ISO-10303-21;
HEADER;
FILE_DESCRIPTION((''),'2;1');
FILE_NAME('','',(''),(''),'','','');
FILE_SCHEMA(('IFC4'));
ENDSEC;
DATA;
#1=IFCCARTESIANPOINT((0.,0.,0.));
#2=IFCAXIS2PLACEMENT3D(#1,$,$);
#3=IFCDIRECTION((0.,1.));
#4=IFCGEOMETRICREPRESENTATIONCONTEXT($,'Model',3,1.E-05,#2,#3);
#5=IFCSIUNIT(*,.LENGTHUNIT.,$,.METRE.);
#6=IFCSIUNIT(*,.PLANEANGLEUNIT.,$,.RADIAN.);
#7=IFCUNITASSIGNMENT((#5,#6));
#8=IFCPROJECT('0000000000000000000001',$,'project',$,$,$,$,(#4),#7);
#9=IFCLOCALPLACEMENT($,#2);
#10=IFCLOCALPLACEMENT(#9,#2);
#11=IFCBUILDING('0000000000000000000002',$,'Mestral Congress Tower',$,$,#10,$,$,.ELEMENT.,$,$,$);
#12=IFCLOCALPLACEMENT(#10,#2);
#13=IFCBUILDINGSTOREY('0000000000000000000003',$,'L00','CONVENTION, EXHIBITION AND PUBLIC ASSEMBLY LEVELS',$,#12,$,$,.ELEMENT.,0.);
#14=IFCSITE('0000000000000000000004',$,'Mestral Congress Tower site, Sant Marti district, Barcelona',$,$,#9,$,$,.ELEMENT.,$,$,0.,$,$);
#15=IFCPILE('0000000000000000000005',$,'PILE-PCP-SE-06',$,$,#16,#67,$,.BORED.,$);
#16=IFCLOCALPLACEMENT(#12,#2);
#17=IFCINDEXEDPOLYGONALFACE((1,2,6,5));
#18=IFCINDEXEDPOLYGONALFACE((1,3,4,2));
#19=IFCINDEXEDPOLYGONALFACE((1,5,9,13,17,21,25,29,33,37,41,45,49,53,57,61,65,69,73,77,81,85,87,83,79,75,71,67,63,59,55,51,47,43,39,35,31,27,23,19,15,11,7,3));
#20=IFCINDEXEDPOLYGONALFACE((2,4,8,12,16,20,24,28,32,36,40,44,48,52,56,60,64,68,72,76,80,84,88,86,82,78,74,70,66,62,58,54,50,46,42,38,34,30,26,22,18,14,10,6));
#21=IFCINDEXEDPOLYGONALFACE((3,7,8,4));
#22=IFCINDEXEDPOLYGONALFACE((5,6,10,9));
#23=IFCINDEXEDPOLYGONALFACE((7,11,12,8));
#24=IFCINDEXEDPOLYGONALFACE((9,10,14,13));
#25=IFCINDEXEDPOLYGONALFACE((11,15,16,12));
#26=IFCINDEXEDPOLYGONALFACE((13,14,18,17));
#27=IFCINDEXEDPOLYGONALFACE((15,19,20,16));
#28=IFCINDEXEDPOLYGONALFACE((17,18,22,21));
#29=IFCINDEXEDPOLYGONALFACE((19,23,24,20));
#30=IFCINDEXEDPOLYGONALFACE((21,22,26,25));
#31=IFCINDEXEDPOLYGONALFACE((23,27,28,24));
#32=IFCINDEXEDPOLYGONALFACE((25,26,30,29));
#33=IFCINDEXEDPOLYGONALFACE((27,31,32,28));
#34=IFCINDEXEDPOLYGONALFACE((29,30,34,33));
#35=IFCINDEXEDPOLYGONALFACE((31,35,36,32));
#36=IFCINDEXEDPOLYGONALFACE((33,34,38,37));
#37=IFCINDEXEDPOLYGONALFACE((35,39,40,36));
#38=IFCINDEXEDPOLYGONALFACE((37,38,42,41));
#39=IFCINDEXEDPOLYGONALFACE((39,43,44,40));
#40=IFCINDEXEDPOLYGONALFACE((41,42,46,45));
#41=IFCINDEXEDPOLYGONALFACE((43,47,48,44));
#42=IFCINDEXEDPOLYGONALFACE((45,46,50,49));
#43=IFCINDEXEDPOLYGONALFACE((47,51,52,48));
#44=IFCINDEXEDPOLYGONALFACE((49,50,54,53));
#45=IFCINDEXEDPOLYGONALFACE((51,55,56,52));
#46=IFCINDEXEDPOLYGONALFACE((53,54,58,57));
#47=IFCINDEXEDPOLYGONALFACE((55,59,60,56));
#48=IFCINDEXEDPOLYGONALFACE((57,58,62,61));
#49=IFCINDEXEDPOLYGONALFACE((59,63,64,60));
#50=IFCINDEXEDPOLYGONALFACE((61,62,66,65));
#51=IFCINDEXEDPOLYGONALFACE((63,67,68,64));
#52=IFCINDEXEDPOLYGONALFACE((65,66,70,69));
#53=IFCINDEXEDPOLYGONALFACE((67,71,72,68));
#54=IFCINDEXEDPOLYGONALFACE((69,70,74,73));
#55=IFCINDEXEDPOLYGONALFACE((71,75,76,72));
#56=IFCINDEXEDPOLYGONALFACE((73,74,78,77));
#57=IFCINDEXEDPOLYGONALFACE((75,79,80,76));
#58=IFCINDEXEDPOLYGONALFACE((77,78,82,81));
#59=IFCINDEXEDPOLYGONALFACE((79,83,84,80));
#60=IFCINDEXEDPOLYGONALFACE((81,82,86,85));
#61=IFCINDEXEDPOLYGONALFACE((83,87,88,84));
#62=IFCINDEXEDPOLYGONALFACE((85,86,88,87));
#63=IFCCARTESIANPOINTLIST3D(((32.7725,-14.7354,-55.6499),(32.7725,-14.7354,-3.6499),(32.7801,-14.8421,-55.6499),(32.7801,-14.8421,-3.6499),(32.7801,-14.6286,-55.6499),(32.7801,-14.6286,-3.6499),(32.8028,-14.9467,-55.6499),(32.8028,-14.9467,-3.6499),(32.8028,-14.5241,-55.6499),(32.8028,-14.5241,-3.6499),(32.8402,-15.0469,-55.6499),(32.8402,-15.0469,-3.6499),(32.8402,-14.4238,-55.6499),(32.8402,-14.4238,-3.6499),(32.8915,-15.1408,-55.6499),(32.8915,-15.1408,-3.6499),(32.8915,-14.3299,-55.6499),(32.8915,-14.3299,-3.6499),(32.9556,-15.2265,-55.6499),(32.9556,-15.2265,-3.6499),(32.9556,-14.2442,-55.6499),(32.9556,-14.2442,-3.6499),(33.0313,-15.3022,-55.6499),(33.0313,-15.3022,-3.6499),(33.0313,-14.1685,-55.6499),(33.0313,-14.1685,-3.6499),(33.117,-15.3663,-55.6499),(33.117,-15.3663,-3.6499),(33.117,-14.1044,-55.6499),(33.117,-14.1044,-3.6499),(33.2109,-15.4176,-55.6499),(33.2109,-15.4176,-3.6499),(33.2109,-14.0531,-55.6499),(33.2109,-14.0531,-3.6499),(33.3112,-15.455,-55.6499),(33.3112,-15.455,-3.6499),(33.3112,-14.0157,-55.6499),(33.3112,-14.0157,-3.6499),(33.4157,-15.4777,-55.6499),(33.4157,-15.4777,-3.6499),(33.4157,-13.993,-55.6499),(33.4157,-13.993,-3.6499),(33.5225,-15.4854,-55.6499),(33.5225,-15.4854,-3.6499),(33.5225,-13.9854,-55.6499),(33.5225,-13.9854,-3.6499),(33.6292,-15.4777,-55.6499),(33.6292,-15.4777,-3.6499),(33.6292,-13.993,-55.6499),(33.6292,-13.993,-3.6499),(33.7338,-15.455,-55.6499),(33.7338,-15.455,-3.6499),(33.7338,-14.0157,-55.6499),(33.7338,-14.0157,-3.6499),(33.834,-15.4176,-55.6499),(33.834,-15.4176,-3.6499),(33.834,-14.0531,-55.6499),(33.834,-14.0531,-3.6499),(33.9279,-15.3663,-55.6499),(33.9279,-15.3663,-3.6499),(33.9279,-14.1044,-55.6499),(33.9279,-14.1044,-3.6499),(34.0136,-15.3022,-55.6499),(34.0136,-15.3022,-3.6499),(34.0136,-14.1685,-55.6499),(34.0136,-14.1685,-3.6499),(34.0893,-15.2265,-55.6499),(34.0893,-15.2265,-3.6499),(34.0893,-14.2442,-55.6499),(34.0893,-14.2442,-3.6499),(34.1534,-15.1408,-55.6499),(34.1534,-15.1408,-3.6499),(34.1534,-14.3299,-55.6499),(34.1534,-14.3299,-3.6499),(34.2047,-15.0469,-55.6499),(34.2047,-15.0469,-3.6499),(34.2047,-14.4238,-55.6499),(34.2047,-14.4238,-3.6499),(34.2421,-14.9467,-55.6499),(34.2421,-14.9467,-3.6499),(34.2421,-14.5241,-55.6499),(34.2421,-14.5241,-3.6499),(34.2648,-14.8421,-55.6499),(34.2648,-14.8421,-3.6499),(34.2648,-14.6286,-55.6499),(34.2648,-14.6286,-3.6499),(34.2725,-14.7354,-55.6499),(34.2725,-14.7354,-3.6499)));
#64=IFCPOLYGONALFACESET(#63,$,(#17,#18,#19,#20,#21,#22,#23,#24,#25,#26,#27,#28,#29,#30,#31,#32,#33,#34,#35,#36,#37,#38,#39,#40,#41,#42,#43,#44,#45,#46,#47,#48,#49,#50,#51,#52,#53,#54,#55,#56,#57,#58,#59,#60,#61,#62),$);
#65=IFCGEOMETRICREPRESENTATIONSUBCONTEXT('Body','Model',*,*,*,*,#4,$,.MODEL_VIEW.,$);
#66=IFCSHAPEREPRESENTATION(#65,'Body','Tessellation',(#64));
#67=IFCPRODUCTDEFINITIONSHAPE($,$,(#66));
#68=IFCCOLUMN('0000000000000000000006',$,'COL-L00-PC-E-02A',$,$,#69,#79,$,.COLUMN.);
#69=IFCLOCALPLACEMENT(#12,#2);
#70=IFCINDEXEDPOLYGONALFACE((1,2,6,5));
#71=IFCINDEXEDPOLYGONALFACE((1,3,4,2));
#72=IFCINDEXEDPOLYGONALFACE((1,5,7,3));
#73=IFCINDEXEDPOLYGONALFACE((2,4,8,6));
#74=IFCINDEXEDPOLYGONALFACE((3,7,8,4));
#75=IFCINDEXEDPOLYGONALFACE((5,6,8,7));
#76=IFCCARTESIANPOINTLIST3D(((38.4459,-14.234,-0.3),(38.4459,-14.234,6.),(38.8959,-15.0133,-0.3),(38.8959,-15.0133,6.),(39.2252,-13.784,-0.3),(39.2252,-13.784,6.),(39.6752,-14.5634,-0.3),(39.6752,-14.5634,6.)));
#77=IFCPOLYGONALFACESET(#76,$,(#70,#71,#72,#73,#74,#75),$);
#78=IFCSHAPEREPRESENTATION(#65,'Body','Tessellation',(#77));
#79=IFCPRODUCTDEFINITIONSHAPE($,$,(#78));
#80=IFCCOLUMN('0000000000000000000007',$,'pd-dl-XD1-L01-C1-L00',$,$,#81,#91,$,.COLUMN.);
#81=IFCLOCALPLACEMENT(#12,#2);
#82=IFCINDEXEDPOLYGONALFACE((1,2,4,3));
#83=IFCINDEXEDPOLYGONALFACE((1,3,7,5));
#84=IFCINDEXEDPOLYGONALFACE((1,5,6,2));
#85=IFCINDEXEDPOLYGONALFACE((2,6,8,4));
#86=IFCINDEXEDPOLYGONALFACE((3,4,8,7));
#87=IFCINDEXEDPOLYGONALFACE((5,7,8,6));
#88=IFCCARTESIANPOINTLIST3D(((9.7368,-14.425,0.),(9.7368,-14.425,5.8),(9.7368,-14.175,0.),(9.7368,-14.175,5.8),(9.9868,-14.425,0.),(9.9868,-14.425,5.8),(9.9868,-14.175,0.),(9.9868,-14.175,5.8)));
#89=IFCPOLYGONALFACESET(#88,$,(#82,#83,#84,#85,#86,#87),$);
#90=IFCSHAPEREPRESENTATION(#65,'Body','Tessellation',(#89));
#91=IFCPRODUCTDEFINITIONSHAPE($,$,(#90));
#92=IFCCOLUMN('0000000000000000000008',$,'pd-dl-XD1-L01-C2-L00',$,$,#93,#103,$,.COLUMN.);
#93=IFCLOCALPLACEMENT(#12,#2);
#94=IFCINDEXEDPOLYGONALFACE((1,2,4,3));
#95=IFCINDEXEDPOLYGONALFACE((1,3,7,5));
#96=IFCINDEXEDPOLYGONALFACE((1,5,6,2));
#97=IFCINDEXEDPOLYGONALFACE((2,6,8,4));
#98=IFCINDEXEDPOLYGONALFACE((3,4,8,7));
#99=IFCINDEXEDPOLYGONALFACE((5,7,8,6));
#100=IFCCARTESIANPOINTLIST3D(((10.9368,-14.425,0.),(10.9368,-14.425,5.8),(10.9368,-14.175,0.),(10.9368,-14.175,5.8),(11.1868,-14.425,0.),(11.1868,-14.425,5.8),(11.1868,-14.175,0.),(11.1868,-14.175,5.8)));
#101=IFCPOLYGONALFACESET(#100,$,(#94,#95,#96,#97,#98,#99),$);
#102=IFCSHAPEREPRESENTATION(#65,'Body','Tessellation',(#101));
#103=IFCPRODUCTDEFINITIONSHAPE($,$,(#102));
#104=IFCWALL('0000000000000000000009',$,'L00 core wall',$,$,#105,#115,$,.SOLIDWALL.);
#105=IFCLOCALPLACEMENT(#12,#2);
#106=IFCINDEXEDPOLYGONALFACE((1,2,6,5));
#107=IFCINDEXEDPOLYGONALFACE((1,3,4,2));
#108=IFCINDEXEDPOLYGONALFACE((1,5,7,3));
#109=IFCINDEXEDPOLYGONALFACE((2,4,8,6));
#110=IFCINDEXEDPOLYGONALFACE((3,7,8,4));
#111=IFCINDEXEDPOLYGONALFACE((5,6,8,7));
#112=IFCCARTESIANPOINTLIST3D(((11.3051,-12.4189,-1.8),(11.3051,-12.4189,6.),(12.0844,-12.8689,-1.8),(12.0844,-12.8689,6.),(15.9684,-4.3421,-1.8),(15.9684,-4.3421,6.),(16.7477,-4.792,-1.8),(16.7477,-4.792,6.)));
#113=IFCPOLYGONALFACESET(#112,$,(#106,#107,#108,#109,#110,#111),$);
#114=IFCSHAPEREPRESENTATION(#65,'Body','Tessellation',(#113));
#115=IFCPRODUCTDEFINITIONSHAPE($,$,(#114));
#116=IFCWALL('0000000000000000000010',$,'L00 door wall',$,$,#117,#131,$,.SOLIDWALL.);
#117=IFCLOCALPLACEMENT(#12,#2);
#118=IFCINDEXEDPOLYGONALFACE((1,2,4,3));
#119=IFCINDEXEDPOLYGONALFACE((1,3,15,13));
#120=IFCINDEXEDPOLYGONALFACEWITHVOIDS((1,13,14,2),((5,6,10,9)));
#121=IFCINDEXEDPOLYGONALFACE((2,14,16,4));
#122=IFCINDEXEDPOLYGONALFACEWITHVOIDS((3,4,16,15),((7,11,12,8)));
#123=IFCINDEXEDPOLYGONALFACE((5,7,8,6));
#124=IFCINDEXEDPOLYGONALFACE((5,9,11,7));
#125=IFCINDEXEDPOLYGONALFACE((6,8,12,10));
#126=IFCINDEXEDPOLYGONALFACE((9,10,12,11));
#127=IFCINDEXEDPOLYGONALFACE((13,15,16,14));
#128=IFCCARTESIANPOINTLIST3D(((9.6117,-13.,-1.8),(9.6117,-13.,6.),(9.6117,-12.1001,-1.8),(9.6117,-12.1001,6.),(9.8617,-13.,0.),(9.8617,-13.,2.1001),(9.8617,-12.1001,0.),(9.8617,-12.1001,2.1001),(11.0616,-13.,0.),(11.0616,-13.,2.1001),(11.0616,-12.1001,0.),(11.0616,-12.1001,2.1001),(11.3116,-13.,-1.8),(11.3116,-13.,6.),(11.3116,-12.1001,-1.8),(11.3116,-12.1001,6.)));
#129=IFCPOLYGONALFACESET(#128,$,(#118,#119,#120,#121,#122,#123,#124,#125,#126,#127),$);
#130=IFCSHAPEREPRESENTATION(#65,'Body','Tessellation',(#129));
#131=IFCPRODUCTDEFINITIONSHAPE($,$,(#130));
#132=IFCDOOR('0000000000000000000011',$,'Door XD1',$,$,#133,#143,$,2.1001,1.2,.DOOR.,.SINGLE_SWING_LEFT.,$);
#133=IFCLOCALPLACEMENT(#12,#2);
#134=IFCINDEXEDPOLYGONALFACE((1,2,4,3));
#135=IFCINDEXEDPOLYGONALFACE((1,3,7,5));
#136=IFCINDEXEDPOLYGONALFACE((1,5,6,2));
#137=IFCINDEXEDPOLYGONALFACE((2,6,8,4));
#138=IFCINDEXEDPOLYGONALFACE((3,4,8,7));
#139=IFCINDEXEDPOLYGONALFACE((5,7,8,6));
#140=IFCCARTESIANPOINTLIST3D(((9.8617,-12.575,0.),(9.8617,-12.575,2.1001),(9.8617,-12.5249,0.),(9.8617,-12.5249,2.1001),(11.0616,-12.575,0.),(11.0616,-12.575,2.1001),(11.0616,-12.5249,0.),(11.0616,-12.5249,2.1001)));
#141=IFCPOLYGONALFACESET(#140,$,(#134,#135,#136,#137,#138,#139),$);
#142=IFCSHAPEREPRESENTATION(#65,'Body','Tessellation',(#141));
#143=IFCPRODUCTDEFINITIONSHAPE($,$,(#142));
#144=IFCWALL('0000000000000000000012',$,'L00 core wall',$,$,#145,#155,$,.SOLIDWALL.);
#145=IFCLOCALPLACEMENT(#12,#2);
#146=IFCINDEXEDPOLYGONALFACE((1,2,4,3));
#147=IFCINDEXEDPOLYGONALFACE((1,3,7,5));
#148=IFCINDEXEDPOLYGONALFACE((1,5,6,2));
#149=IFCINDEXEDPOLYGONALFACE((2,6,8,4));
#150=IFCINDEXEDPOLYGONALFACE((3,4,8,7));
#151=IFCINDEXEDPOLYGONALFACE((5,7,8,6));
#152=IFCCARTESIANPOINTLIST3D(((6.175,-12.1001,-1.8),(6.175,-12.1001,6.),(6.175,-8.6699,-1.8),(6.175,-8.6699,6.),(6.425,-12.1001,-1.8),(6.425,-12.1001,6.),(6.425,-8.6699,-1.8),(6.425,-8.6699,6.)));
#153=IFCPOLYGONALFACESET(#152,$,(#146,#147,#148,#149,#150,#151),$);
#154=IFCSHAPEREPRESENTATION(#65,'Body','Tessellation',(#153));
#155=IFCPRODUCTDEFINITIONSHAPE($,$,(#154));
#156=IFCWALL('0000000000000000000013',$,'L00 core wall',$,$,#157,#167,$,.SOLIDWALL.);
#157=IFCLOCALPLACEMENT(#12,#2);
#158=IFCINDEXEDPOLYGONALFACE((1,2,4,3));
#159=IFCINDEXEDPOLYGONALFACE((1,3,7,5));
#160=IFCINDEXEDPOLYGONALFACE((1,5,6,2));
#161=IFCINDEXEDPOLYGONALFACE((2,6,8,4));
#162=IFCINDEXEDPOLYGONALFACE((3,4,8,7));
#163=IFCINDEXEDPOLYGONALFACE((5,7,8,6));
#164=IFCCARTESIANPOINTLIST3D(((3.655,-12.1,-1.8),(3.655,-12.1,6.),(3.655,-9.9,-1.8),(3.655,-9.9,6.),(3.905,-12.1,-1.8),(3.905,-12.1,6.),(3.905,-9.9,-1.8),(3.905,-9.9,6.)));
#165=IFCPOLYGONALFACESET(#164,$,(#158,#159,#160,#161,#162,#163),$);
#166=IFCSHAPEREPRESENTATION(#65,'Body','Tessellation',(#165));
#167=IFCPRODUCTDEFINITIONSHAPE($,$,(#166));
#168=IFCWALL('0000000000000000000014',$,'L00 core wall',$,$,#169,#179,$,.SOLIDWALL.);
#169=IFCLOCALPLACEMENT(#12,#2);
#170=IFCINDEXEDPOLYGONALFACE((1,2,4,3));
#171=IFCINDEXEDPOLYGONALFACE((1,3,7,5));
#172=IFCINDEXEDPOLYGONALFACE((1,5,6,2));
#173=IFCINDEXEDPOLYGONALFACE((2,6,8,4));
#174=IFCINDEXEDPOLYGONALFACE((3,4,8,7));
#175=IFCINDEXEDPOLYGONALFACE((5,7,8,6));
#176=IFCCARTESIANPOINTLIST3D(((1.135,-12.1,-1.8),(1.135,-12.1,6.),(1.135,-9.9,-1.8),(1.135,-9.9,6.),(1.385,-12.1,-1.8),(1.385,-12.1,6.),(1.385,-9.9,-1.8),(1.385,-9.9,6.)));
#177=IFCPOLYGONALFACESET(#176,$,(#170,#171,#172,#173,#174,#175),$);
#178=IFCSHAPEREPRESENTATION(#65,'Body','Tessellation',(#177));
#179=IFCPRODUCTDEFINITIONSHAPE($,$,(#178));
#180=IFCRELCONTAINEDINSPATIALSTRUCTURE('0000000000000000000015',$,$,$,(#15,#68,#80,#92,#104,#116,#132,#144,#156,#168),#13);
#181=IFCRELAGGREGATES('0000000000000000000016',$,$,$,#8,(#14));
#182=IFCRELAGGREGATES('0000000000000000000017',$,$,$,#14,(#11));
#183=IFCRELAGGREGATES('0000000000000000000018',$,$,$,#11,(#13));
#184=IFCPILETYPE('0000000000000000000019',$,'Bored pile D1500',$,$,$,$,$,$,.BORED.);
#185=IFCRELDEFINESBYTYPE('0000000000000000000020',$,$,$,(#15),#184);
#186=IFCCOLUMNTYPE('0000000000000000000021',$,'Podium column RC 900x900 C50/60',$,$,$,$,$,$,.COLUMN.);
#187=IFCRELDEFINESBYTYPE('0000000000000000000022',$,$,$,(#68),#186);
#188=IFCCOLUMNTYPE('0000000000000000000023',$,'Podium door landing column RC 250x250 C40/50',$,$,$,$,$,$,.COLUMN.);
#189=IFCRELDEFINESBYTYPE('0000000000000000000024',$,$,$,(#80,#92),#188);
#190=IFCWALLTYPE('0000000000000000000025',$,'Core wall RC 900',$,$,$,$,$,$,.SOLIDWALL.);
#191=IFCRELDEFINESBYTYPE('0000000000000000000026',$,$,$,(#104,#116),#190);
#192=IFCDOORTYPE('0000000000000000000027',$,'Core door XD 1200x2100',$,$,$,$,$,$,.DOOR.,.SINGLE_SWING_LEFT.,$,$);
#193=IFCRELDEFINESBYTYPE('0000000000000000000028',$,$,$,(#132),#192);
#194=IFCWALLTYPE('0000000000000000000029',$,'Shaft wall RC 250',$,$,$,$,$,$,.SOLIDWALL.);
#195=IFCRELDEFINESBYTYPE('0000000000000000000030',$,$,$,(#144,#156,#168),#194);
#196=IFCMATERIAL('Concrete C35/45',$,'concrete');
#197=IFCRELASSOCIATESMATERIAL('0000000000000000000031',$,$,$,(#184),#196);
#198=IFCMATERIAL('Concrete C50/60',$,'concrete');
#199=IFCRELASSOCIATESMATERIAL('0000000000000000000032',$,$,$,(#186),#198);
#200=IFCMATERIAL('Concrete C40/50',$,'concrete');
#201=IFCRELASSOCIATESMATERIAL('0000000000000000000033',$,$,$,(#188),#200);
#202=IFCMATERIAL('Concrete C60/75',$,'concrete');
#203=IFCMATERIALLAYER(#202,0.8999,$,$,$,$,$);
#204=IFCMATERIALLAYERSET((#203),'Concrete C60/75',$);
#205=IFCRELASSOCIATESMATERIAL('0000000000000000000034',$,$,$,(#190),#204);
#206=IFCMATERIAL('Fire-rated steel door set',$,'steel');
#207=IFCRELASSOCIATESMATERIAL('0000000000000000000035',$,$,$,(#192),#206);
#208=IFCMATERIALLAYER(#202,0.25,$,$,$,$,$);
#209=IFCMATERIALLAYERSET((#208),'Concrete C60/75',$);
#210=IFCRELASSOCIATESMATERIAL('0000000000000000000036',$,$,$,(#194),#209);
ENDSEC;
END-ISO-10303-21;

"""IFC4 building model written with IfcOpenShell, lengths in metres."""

from ifc_helpers import new_model, si_unit, direction, frame, frame_2d, origin, origin_2d, place, context, subcontext, project, spatial, rectangle, circle, extrude, material, layer, layer_set, material_profile, profile_set, type_object, element, fill, save


model = new_model("IFC4")

# Units and contexts
model_context = context("Model", 3, precision=1e-05, world=origin(), true_north=direction((0.0, 1.0)))
body_context = subcontext(model_context, "Body", "Model", "MODEL_VIEW")
ifc_project = project(units=[si_unit("LENGTHUNIT", "METRE"), si_unit("PLANEANGLEUNIT", "RADIAN")], contexts=[model_context])

# Site, building, storey
site_placement = place(None, origin())
site = spatial("IfcSite", under=ifc_project, at=site_placement, Name="Mestral Congress Tower site, Sant Marti district, Barcelona", CompositionType="ELEMENT", RefElevation=0.0)
building_placement = place(site_placement, origin())
building = spatial("IfcBuilding", under=site, at=building_placement, Name="Mestral Congress Tower", CompositionType="ELEMENT")
storey_placement = place(building_placement, origin())
storey = spatial("IfcBuildingStorey", under=building, at=storey_placement, Name="L00", Description="CONVENTION, EXHIBITION AND PUBLIC ASSEMBLY LEVELS", CompositionType="ELEMENT", Elevation=0.0)

# Pile
ifc_material_1 = material(Name="Concrete C35/45", Category="concrete")
ifc_material_profile_1 = material_profile(ifc_material_1, circle(Radius=0.75, at=origin_2d()), Name="D1500")
ifc_profile_set_1 = profile_set([ifc_material_profile_1], Name="Concrete C35/45")
pile_type_1 = type_object("IfcPileType", Name="Bored pile D1500", PredefinedType="BORED", material=ifc_profile_set_1)
for number, where, z_axis, x_axis, name in (
    (1, (33.5225, -14.7354, -3.6499), (0.0, 0.0, -1.0), (1.0, 0.0, 0.0), "PILE-PCP-SE-06"),
):
    element("IfcPile", number, at=place(storey_placement, frame(where, z_axis=z_axis, x_axis=x_axis)), inside=storey, type_object=pile_type_1, Name=name, PredefinedType="BORED", context=body_context, shape_type="SweptSolid", body=[
        extrude(circle(Radius=0.75, at=origin_2d()), origin(), (0.0, 0.0, 1.0), 52.0),
    ])

# Columns
ifc_material_2 = material(Name="Concrete C50/60", Category="concrete")
ifc_material_profile_2 = material_profile(ifc_material_2, rectangle(XDim=0.8999, YDim=0.8999, at=origin_2d()), Name="RC 900x900")
ifc_profile_set_2 = profile_set([ifc_material_profile_2], Name="Concrete C50/60")
column_type_1 = type_object("IfcColumnType", Name="Podium column RC 900x900 C50/60", PredefinedType="COLUMN", material=ifc_profile_set_2)
column_placement = place(storey_placement, frame((39.0605, -14.3987, -0.3), z_axis=(0.0, 0.0, 1.0), x_axis=(-0.5, 0.866025, 0.0)))
element("IfcColumn", 2, at=column_placement, inside=storey, type_object=column_type_1, Name="COL-L00-PC-E-02A", PredefinedType="COLUMN", context=body_context, shape_type="SweptSolid", body=[
    extrude(rectangle(XDim=0.8999, YDim=0.8999, at=origin_2d()), origin(), (0.0, 0.0, 1.0), 6.3),
])
ifc_material_3 = material(Name="Concrete C40/50", Category="concrete")
ifc_material_profile_3 = material_profile(ifc_material_3, rectangle(XDim=0.25, YDim=0.25, at=origin_2d()), Name="RC 250x250")
ifc_profile_set_3 = profile_set([ifc_material_profile_3], Name="Concrete C40/50")
column_type_2 = type_object("IfcColumnType", Name="Podium door landing column RC 250x250 C40/50", PredefinedType="COLUMN", material=ifc_profile_set_3)
for number, where, z_axis, x_axis, name in (
    (3, (9.8618, -14.3, 0.0), (0.0, 0.0, 1.0), (1.0, 0.0, 0.0), "pd-dl-XD1-L01-C1-L00"),
    (4, (11.0618, -14.3, 0.0), (0.0, 0.0, 1.0), (1.0, 0.0, 0.0), "pd-dl-XD1-L01-C2-L00"),
):
    element("IfcColumn", number, at=place(storey_placement, frame(where, z_axis=z_axis, x_axis=x_axis)), inside=storey, type_object=column_type_2, Name=name, PredefinedType="COLUMN", context=body_context, shape_type="SweptSolid", body=[
        extrude(rectangle(XDim=0.25, YDim=0.25, at=origin_2d()), origin(), (0.0, 0.0, 1.0), 5.8),
    ])

# Wall
ifc_material_4 = material(Name="Concrete C60/75", Category="concrete")
ifc_layer_1 = layer(ifc_material_4, 0.8999)
ifc_layer_set_1 = layer_set([ifc_layer_1], Name="Concrete C60/75")
wall_type_1 = type_object("IfcWallType", Name="Core wall RC 900", PredefinedType="SOLIDWALL", material=ifc_layer_set_1)
wall_1_placement = place(storey_placement, frame((11.6948, -12.6438, -1.8), z_axis=(0.0, 0.0, 1.0), x_axis=(0.50001, 0.866019, 0.0)))
element("IfcWall", 5, at=wall_1_placement, inside=storey, type_object=wall_type_1, Name="L00 core wall", PredefinedType="SOLIDWALL", context=body_context, shape_type="SweptSolid", body=[
    extrude(rectangle(XDim=9.3264, YDim=0.8999, at=frame_2d((4.6631, 0.0))), origin(), (0.0, 0.0, 1.0), 7.8),
])

# Wall, opening, door
wall_2_placement = place(storey_placement, frame((11.3118, -12.55, -1.8), z_axis=(0.0, 0.0, 1.0), x_axis=(-1.0, 0.0, 0.0)))
wall_2 = element("IfcWall", 6, at=wall_2_placement, inside=storey, type_object=wall_type_1, Name="L00 door wall", PredefinedType="SOLIDWALL", context=body_context, shape_type="SweptSolid", body=[
    extrude(rectangle(XDim=1.7, YDim=0.8999, at=frame_2d((0.8501, 0.0))), origin(), (0.0, 0.0, 1.0), 7.8),
])
opening_placement = place(wall_2_placement, frame((0.25, 0.0, 1.8)))
opening = element("IfcOpeningElement", 7, at=opening_placement, cuts=wall_2, PredefinedType="OPENING", context=body_context, shape_type="SweptSolid", body=[
    extrude(rectangle(XDim=1.2, YDim=2.1001, at=frame_2d((0.6001, 1.05))), frame((0.0, 0.46, 0.0), z_axis=(0.0, -1.0, 0.0), x_axis=(1.0, 0.0, 0.0)), (0.0, 0.0, 1.0), 0.9199),
])
ifc_material_5 = material(Name="Fire-rated steel door set", Category="steel")
door_type = type_object("IfcDoorType", Name="Core door XD 1200x2100", OperationType="SINGLE_SWING_LEFT", PredefinedType="DOOR", material=ifc_material_5)
door_placement = place(opening_placement, origin())
door = element("IfcDoor", 8, at=door_placement, inside=storey, type_object=door_type, Name="Door XD1", OperationType="SINGLE_SWING_LEFT", OverallHeight=2.1001, OverallWidth=1.2, PredefinedType="DOOR", context=body_context, shape_type="SweptSolid", body=[
    extrude(rectangle(XDim=1.2, YDim=2.1001, at=frame_2d((0.6001, 1.05))), frame((0.0, 0.0249, 0.0), z_axis=(0.0, -1.0, 0.0), x_axis=(1.0, 0.0, 0.0)), (0.0, 0.0, 1.0), 0.05),
])
fill(opening, door)

# Walls
ifc_layer_2 = layer(ifc_material_4, 0.25)
ifc_layer_set_2 = layer_set([ifc_layer_2], Name="Concrete C60/75")
wall_type_2 = type_object("IfcWallType", Name="Shaft wall RC 250", PredefinedType="SOLIDWALL", material=ifc_layer_set_2)
wall_3_placement = place(storey_placement, frame((6.3, -8.6699, -1.8), z_axis=(0.0, 0.0, 1.0), x_axis=(0.0, -1.0, 0.0)))
element("IfcWall", 9, at=wall_3_placement, inside=storey, type_object=wall_type_2, Name="L00 core wall", PredefinedType="SOLIDWALL", context=body_context, shape_type="SweptSolid", body=[
    extrude(rectangle(XDim=3.4302, YDim=0.25, at=frame_2d((1.7151, 0.0))), origin(), (0.0, 0.0, 1.0), 7.8),
])
for number, where, z_axis, x_axis, name in (
    (10, (3.78, -12.1001, -1.8), (0.0, 0.0, 1.0), (0.0, 1.0, 0.0), "L00 core wall"),
    (11, (1.26, -12.1001, -1.8), (0.0, 0.0, 1.0), (0.0, 1.0, 0.0), "L00 core wall"),
):
    element("IfcWall", number, at=place(storey_placement, frame(where, z_axis=z_axis, x_axis=x_axis)), inside=storey, type_object=wall_type_2, Name=name, PredefinedType="SOLIDWALL", context=body_context, shape_type="SweptSolid", body=[
        extrude(rectangle(XDim=2.2, YDim=0.25, at=frame_2d((1.1001, 0.0))), origin(), (0.0, 0.0, 1.0), 7.8),
    ])

save(model, "model.ifc")
